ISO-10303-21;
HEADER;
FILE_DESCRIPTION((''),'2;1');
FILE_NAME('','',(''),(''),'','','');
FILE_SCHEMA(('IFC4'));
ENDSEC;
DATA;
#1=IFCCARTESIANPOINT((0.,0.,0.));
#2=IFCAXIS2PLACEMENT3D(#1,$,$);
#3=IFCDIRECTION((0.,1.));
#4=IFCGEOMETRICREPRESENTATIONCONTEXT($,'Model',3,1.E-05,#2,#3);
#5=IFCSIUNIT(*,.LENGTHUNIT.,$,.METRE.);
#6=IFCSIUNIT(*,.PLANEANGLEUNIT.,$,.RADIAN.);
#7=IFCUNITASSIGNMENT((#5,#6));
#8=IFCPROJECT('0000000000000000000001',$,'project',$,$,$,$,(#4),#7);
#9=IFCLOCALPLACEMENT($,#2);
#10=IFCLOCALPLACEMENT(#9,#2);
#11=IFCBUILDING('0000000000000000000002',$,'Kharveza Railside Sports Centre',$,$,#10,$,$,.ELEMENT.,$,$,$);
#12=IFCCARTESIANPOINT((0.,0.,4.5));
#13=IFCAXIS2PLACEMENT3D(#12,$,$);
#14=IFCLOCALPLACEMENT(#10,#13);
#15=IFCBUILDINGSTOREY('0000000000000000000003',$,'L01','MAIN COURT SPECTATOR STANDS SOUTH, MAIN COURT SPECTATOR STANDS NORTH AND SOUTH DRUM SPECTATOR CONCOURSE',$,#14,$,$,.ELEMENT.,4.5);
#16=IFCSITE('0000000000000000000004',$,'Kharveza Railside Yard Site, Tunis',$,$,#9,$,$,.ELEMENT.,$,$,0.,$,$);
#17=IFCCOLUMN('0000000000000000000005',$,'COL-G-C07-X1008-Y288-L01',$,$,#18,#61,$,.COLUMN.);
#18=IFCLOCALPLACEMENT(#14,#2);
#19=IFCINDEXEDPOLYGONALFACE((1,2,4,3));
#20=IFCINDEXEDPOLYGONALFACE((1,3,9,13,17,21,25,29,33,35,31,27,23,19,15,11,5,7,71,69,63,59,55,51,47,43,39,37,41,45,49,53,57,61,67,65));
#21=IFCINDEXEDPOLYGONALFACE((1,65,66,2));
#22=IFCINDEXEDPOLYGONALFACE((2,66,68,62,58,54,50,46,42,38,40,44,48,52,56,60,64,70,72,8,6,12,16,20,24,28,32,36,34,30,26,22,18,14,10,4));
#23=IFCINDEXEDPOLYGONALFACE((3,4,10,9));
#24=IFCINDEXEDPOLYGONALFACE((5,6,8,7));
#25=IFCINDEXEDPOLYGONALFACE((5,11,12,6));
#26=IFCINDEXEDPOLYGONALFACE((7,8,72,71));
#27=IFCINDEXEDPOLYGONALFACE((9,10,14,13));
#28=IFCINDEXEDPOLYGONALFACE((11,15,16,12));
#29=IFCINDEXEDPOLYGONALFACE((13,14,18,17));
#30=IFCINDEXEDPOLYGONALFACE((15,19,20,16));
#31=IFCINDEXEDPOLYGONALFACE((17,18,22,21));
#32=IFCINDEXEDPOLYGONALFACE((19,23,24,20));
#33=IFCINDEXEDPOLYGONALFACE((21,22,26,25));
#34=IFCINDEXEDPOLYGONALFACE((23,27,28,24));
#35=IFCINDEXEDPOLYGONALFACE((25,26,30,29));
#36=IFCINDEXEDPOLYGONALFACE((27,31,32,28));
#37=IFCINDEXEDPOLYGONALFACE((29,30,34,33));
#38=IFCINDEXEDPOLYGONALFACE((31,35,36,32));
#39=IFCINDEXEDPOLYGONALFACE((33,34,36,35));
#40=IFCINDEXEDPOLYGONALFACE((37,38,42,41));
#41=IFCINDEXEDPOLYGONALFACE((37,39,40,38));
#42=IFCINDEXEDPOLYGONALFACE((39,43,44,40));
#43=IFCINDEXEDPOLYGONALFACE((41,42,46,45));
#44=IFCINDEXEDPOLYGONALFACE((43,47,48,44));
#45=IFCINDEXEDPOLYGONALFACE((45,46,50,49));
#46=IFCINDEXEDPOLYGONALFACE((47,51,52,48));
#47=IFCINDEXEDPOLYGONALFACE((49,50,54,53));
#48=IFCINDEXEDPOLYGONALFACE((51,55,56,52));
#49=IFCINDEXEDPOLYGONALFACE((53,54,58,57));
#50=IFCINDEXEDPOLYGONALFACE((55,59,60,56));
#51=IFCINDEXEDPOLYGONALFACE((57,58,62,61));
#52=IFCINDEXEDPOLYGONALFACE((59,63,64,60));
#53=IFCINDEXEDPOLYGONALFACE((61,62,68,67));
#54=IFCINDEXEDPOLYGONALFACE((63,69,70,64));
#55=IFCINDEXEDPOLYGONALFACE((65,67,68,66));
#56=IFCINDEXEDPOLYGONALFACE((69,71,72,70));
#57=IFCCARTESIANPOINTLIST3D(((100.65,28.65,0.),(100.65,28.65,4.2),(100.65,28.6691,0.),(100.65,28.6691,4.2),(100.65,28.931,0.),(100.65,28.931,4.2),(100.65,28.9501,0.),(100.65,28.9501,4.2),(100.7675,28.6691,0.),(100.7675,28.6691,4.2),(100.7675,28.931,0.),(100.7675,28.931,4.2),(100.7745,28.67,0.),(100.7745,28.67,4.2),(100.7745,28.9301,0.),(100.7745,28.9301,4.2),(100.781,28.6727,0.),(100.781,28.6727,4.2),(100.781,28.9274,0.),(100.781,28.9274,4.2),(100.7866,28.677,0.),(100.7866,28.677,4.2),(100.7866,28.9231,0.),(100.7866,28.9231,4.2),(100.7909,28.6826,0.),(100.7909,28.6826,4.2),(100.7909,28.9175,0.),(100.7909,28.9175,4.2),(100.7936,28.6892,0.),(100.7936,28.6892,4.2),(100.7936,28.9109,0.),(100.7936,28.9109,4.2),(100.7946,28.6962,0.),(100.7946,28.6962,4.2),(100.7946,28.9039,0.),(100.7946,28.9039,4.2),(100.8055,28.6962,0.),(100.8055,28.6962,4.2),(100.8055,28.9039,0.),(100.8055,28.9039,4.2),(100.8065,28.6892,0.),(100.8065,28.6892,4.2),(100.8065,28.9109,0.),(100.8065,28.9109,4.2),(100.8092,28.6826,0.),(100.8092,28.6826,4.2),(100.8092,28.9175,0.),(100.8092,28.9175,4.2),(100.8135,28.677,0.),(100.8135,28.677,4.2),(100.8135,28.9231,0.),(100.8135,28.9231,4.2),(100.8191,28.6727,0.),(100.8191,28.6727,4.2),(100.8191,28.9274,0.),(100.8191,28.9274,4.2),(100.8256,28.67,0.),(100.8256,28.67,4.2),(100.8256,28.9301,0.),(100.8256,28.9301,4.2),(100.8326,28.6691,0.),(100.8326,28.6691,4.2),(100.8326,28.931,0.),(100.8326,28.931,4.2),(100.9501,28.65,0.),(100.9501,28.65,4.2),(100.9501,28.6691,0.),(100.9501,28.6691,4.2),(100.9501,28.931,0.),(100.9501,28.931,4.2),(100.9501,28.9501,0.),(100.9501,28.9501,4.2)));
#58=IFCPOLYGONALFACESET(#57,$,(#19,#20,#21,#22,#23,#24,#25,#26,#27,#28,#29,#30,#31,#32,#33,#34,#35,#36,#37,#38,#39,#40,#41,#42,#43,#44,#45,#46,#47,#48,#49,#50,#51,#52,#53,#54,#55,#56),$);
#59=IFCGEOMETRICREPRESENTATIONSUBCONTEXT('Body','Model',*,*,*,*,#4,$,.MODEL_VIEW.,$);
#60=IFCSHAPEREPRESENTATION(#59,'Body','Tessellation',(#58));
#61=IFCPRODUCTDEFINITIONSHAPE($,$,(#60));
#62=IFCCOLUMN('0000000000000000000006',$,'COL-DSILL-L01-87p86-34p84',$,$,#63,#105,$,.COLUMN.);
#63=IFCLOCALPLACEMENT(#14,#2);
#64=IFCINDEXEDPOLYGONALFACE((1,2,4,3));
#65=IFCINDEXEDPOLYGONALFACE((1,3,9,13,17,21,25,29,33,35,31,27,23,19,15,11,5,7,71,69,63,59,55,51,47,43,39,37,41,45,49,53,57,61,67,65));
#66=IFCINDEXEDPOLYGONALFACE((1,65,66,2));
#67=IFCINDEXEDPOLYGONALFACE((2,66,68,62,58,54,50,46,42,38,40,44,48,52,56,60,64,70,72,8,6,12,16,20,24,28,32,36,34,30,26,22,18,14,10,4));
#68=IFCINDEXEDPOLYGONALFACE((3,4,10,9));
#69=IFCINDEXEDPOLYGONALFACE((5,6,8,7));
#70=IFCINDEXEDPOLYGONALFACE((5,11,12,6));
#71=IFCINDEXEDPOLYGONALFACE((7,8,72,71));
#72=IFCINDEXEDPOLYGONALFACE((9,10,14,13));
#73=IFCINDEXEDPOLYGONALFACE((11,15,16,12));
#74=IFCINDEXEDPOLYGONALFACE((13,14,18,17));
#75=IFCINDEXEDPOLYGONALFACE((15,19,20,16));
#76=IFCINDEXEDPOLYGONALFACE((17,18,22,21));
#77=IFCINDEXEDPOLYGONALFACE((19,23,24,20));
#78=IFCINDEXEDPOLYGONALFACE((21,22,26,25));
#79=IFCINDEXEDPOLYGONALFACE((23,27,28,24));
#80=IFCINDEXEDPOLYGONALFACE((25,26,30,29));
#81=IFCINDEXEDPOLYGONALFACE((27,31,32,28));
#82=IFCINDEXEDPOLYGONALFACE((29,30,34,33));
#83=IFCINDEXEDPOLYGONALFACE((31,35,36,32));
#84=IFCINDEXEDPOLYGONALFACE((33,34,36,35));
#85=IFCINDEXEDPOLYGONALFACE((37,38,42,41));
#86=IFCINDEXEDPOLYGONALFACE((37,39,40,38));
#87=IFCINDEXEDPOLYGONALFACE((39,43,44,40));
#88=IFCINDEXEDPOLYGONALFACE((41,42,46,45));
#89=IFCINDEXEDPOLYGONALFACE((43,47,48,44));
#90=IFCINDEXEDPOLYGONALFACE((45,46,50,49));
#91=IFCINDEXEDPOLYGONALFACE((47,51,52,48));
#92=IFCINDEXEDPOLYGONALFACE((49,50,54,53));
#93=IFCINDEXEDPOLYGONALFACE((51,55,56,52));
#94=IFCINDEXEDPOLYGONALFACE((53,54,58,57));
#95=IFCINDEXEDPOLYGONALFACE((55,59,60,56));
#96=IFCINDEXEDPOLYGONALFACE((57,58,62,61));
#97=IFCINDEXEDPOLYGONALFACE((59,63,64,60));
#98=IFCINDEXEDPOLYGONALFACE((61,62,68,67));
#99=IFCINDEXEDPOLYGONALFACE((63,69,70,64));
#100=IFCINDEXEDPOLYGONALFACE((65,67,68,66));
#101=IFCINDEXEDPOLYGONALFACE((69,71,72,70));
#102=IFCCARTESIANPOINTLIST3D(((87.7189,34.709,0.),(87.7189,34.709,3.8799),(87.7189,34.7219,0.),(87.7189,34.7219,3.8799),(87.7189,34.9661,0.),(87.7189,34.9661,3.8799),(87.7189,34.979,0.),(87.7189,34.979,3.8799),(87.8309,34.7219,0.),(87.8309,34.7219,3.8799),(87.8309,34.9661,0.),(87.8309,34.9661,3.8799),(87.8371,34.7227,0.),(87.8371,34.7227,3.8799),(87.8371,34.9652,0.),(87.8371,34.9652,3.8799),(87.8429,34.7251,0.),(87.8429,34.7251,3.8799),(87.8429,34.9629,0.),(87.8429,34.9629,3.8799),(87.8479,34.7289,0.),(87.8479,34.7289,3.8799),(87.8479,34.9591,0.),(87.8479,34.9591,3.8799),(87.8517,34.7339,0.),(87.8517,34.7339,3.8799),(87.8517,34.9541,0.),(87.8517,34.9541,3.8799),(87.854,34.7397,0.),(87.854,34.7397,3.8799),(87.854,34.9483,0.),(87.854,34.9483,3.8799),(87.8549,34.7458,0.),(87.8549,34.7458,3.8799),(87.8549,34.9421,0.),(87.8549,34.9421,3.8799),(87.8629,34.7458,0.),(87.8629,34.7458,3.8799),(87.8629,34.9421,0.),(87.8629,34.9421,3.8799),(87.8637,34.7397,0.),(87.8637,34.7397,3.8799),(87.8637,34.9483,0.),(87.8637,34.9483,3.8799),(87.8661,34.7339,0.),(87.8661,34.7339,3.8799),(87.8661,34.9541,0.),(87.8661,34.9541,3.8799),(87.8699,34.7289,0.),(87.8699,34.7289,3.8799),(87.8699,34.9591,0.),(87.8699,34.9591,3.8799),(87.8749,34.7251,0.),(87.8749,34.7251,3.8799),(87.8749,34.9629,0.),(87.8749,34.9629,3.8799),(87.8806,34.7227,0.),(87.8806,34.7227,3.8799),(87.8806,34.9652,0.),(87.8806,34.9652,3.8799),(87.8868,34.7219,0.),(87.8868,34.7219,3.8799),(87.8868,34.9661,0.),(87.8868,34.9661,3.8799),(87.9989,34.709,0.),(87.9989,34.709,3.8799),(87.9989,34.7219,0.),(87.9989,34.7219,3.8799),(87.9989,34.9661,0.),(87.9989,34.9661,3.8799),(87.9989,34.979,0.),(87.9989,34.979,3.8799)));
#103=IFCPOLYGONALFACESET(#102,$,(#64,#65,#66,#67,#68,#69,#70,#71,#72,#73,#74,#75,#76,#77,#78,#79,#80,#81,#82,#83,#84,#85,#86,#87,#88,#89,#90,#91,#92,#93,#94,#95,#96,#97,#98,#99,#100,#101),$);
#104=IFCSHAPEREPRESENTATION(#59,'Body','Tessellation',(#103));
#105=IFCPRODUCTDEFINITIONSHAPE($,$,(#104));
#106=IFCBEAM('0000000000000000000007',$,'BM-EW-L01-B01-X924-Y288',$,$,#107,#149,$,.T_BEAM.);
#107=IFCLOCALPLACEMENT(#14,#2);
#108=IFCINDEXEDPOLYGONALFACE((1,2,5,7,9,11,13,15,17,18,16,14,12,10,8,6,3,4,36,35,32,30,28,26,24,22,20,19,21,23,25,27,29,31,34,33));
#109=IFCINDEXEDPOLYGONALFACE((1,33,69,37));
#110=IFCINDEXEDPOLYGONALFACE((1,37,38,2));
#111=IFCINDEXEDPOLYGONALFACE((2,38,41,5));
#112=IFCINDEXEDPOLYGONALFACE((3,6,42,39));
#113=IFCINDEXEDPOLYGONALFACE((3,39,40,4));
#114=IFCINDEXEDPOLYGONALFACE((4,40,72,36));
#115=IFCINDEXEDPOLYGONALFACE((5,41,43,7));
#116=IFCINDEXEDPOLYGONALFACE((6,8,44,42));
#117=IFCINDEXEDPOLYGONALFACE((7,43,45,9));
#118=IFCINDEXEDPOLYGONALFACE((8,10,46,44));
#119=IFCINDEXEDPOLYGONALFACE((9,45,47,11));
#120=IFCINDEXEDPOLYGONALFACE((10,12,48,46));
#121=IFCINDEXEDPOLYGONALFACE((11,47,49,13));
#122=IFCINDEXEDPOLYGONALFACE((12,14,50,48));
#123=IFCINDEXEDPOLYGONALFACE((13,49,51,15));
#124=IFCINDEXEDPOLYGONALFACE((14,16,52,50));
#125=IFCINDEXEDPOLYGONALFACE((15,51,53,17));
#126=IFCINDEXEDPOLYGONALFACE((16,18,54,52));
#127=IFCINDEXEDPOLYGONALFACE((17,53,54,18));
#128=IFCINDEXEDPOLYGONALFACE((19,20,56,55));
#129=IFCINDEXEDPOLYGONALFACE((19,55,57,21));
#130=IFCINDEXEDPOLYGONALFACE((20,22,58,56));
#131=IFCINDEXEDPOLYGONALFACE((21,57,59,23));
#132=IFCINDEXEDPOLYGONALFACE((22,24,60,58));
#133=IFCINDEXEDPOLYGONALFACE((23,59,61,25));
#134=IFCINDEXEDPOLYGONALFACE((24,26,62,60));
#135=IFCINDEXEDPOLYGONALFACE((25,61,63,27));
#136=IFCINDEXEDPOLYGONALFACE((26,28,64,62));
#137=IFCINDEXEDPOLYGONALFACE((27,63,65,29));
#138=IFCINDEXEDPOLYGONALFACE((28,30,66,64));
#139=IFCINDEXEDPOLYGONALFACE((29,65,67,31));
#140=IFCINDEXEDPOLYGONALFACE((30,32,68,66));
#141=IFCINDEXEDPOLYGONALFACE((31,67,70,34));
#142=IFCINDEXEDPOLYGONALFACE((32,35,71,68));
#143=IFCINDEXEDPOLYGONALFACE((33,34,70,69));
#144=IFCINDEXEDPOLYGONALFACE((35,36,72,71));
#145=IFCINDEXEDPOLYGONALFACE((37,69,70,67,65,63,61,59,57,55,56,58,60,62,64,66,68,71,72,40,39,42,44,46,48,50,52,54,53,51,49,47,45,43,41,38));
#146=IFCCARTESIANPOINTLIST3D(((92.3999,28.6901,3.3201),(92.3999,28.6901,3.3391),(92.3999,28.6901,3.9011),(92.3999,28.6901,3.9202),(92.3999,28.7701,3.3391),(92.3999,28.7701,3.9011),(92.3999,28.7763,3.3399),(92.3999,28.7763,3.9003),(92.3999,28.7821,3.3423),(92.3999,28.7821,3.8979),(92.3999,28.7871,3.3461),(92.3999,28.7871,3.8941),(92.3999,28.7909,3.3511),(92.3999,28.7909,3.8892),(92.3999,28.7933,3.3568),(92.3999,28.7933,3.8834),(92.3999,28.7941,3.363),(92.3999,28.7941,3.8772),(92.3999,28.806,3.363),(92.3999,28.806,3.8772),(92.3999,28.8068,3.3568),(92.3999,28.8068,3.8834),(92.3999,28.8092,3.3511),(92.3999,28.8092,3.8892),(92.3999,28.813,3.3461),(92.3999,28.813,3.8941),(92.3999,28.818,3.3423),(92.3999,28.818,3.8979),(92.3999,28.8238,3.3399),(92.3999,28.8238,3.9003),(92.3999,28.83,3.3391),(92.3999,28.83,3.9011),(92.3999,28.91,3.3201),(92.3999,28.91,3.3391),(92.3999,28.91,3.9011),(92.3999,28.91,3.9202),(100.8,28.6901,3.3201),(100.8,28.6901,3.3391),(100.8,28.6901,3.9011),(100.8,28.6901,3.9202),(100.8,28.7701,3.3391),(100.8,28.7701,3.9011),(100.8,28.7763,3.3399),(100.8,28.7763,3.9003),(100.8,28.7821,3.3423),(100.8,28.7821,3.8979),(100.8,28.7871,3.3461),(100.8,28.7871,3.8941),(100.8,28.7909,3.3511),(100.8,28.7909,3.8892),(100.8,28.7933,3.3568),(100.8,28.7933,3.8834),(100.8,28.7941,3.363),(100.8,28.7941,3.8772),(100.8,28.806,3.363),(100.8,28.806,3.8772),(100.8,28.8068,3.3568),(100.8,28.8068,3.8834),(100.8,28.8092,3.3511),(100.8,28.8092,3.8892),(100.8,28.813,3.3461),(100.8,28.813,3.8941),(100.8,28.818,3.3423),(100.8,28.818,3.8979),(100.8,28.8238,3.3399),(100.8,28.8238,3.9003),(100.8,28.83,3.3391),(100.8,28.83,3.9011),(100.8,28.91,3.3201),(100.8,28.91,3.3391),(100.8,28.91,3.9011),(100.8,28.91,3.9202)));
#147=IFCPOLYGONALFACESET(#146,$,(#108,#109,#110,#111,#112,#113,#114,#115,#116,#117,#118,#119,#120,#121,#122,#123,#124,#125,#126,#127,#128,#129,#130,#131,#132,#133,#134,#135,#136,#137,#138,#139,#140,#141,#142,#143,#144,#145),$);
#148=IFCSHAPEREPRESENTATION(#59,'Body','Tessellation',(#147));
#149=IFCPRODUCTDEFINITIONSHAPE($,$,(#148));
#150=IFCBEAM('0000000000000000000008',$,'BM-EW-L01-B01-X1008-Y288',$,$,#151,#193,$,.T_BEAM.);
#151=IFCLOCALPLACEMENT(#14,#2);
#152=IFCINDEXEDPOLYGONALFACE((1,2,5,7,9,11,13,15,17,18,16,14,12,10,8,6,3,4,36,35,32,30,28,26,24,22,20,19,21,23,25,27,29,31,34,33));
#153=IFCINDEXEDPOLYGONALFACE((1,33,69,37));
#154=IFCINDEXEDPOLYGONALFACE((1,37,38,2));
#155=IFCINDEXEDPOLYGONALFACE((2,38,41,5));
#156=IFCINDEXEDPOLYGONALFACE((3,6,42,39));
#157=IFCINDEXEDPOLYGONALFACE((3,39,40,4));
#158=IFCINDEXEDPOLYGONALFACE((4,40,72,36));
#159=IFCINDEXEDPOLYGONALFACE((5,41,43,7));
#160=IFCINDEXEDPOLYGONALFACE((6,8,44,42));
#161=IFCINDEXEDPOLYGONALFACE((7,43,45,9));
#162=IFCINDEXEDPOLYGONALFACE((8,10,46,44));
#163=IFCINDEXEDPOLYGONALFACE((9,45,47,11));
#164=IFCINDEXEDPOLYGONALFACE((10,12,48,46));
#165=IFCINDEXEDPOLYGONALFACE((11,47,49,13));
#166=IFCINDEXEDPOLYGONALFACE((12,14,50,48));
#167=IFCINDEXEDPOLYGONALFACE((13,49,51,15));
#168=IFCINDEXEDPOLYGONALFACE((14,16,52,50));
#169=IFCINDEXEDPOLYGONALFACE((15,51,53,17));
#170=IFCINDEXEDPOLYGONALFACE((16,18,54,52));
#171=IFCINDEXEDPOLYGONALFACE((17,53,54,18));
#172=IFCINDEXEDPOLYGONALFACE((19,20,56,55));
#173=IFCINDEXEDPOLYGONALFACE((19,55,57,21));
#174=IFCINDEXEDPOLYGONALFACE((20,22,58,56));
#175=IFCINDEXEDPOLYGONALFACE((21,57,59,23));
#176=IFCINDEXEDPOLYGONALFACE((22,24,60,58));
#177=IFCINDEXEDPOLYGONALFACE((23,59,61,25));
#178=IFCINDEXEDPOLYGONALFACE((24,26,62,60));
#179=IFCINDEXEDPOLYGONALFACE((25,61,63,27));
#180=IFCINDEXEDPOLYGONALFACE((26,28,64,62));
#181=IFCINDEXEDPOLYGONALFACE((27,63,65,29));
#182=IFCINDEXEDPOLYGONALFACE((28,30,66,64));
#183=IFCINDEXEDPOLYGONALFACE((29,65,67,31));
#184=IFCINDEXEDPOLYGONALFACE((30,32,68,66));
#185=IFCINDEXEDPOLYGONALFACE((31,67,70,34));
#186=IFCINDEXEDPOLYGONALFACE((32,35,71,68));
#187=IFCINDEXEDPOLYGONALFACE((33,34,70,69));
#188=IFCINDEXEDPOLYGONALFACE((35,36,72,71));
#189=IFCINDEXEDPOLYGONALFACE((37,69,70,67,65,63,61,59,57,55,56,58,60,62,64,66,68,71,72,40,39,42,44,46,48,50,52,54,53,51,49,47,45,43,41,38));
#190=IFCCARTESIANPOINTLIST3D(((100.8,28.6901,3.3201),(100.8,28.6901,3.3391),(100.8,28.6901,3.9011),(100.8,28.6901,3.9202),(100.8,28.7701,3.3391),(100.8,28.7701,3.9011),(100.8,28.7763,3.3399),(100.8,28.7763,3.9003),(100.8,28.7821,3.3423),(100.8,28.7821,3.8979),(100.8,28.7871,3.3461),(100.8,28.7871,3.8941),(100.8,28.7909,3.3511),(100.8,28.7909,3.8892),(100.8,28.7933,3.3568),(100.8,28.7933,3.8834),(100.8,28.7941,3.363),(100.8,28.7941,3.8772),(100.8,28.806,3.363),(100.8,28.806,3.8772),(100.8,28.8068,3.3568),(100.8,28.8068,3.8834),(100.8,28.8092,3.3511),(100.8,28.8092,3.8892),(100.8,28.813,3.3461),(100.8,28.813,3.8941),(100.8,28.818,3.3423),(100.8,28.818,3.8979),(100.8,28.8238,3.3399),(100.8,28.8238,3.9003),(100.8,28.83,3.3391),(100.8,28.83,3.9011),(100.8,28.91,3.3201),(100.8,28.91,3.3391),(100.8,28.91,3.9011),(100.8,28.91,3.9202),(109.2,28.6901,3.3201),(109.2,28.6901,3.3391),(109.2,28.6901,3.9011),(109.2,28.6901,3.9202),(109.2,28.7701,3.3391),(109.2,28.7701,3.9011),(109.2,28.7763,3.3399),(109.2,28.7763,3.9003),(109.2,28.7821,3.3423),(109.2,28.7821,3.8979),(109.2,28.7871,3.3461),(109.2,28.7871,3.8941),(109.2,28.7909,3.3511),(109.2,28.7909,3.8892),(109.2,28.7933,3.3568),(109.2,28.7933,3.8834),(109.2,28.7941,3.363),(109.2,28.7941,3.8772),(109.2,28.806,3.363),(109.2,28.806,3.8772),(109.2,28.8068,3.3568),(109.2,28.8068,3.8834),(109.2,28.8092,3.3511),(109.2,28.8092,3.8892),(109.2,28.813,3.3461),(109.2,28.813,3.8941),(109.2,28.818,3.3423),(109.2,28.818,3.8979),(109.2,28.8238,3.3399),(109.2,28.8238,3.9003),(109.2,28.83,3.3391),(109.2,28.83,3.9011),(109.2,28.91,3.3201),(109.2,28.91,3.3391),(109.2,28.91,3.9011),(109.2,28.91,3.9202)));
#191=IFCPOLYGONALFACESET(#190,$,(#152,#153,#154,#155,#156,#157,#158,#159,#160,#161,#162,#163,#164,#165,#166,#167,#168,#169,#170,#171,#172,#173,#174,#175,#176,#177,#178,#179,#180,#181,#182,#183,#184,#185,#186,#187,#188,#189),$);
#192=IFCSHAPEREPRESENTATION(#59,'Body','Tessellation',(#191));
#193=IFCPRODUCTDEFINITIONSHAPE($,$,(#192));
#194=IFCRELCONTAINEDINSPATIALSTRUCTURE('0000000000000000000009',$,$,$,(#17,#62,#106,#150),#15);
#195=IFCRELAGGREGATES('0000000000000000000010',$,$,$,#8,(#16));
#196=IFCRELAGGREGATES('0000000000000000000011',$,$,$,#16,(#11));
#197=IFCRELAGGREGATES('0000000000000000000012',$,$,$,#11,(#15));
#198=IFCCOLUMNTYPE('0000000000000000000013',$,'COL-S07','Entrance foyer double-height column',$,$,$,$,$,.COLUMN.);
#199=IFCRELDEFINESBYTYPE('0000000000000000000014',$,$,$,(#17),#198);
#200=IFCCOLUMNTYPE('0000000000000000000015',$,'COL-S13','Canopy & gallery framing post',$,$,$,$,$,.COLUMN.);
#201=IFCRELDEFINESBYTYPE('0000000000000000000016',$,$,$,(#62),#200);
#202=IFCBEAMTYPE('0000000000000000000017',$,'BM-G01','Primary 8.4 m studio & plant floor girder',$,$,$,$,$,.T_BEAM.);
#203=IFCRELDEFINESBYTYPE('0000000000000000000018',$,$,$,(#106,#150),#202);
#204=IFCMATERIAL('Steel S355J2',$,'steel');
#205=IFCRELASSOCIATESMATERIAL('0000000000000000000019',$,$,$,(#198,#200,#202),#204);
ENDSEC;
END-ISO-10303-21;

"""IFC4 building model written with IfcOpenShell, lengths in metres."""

from ifc_helpers import new_model, si_unit, direction, frame, origin, origin_2d, place, context, subcontext, project, spatial, i_section, extrude, material, material_profile, profile_set, type_object, element, save


model = new_model("IFC4")

# Units and contexts
model_context = context("Model", 3, precision=1e-05, world=origin(), true_north=direction((0.0, 1.0)))
body_context = subcontext(model_context, "Body", "Model", "MODEL_VIEW")
ifc_project = project(units=[si_unit("LENGTHUNIT", "METRE"), si_unit("PLANEANGLEUNIT", "RADIAN")], contexts=[model_context])

# Site, building, storey
site_placement = place(None, origin())
site = spatial("IfcSite", under=ifc_project, at=site_placement, Name="Kharveza Railside Yard Site, Tunis", CompositionType="ELEMENT", RefElevation=0.0)
building_placement = place(site_placement, origin())
building = spatial("IfcBuilding", under=site, at=building_placement, Name="Kharveza Railside Sports Centre", CompositionType="ELEMENT")
storey_placement = place(building_placement, frame((0.0, 0.0, 4.5)))
storey = spatial("IfcBuildingStorey", under=building, at=storey_placement, Name="L01", Description="MAIN COURT SPECTATOR STANDS SOUTH, MAIN COURT SPECTATOR STANDS NORTH AND SOUTH DRUM SPECTATOR CONCOURSE", CompositionType="ELEMENT", Elevation=4.5)

# Columns
ifc_material_1 = material(Name="Steel S355J2", Category="steel")
ifc_material_profile_1 = material_profile(ifc_material_1, i_section(OverallWidth=0.3, OverallDepth=0.3, WebThickness=0.011, FlangeThickness=0.019, FilletRadius=0.0271, at=origin_2d()), Name="HEB 300")
ifc_profile_set_1 = profile_set([ifc_material_profile_1], Name="Steel S355J2")
column_type_1 = type_object("IfcColumnType", Name="COL-S07", Description="Entrance foyer double-height column", PredefinedType="COLUMN", material=ifc_profile_set_1)
for number, where, z_axis, x_axis, name in (
    (1, (100.8, 28.8, 0.0), (0.0, 0.0, 1.0), (1.0, 0.0, 0.0), "COL-G-C07-X1008-Y288-L01"),
):
    element("IfcColumn", number, at=place(storey_placement, frame(where, z_axis=z_axis, x_axis=x_axis)), inside=storey, type_object=column_type_1, Name=name, PredefinedType="COLUMN", context=body_context, shape_type="SweptSolid", body=[
        extrude(i_section(OverallWidth=0.3, OverallDepth=0.3, WebThickness=0.011, FlangeThickness=0.019, FilletRadius=0.0271, at=origin_2d()), origin(), (0.0, 0.0, 1.0), 4.2),
    ])
ifc_material_profile_2 = material_profile(ifc_material_1, i_section(OverallWidth=0.28, OverallDepth=0.27, WebThickness=0.0081, FlangeThickness=0.0129, FilletRadius=0.0239, at=origin_2d()), Name="HEA 280")
ifc_profile_set_2 = profile_set([ifc_material_profile_2], Name="Steel S355J2")
column_type_2 = type_object("IfcColumnType", Name="COL-S13", Description="Canopy & gallery framing post", PredefinedType="COLUMN", material=ifc_profile_set_2)
column_placement = place(storey_placement, frame((87.8589, 34.844, 0.0), z_axis=(0.0, 0.0, 1.0), x_axis=(1.0, 0.0, 0.0)))
element("IfcColumn", 2, at=column_placement, inside=storey, type_object=column_type_2, Name="COL-DSILL-L01-87p86-34p84", PredefinedType="COLUMN", context=body_context, shape_type="SweptSolid", body=[
    extrude(i_section(OverallWidth=0.28, OverallDepth=0.27, WebThickness=0.0081, FlangeThickness=0.0129, FilletRadius=0.0239, at=origin_2d()), origin(), (0.0, 0.0, 1.0), 3.8799),
])

# Beams
ifc_material_profile_3 = material_profile(ifc_material_1, i_section(OverallWidth=0.22, OverallDepth=0.6001, WebThickness=0.012, FlangeThickness=0.019, FilletRadius=0.0239, at=origin_2d()), Name="IPE 600")
ifc_profile_set_3 = profile_set([ifc_material_profile_3], Name="Steel S355J2")
beam_type_1 = type_object("IfcBeamType", Name="BM-G01", Description="Primary 8.4 m studio & plant floor girder", PredefinedType="T_BEAM", material=ifc_profile_set_3)
beam_1_placement = place(storey_placement, frame((92.3999, 28.8, 3.6201), z_axis=(1.0, 0.0, 0.0), x_axis=(0.0, 1.0, 0.0)))
element("IfcBeam", 3, at=beam_1_placement, inside=storey, type_object=beam_type_1, Name="BM-EW-L01-B01-X924-Y288", PredefinedType="T_BEAM", context=body_context, shape_type="SweptSolid", body=[
    extrude(i_section(OverallWidth=0.22, OverallDepth=0.6001, WebThickness=0.012, FlangeThickness=0.019, FilletRadius=0.0239, at=origin_2d()), origin(), (0.0, 0.0, 1.0), 8.4001),
])
beam_2_placement = place(storey_placement, frame((100.8, 28.8, 3.6201), z_axis=(1.0, 0.0, 0.0), x_axis=(0.0, 1.0, 0.0)))
element("IfcBeam", 4, at=beam_2_placement, inside=storey, type_object=beam_type_1, Name="BM-EW-L01-B01-X1008-Y288", PredefinedType="T_BEAM", context=body_context, shape_type="SweptSolid", body=[
    extrude(i_section(OverallWidth=0.22, OverallDepth=0.6001, WebThickness=0.012, FlangeThickness=0.019, FilletRadius=0.0239, at=origin_2d()), origin(), (0.0, 0.0, 1.0), 8.3999),
])

save(model, "model.ifc")
